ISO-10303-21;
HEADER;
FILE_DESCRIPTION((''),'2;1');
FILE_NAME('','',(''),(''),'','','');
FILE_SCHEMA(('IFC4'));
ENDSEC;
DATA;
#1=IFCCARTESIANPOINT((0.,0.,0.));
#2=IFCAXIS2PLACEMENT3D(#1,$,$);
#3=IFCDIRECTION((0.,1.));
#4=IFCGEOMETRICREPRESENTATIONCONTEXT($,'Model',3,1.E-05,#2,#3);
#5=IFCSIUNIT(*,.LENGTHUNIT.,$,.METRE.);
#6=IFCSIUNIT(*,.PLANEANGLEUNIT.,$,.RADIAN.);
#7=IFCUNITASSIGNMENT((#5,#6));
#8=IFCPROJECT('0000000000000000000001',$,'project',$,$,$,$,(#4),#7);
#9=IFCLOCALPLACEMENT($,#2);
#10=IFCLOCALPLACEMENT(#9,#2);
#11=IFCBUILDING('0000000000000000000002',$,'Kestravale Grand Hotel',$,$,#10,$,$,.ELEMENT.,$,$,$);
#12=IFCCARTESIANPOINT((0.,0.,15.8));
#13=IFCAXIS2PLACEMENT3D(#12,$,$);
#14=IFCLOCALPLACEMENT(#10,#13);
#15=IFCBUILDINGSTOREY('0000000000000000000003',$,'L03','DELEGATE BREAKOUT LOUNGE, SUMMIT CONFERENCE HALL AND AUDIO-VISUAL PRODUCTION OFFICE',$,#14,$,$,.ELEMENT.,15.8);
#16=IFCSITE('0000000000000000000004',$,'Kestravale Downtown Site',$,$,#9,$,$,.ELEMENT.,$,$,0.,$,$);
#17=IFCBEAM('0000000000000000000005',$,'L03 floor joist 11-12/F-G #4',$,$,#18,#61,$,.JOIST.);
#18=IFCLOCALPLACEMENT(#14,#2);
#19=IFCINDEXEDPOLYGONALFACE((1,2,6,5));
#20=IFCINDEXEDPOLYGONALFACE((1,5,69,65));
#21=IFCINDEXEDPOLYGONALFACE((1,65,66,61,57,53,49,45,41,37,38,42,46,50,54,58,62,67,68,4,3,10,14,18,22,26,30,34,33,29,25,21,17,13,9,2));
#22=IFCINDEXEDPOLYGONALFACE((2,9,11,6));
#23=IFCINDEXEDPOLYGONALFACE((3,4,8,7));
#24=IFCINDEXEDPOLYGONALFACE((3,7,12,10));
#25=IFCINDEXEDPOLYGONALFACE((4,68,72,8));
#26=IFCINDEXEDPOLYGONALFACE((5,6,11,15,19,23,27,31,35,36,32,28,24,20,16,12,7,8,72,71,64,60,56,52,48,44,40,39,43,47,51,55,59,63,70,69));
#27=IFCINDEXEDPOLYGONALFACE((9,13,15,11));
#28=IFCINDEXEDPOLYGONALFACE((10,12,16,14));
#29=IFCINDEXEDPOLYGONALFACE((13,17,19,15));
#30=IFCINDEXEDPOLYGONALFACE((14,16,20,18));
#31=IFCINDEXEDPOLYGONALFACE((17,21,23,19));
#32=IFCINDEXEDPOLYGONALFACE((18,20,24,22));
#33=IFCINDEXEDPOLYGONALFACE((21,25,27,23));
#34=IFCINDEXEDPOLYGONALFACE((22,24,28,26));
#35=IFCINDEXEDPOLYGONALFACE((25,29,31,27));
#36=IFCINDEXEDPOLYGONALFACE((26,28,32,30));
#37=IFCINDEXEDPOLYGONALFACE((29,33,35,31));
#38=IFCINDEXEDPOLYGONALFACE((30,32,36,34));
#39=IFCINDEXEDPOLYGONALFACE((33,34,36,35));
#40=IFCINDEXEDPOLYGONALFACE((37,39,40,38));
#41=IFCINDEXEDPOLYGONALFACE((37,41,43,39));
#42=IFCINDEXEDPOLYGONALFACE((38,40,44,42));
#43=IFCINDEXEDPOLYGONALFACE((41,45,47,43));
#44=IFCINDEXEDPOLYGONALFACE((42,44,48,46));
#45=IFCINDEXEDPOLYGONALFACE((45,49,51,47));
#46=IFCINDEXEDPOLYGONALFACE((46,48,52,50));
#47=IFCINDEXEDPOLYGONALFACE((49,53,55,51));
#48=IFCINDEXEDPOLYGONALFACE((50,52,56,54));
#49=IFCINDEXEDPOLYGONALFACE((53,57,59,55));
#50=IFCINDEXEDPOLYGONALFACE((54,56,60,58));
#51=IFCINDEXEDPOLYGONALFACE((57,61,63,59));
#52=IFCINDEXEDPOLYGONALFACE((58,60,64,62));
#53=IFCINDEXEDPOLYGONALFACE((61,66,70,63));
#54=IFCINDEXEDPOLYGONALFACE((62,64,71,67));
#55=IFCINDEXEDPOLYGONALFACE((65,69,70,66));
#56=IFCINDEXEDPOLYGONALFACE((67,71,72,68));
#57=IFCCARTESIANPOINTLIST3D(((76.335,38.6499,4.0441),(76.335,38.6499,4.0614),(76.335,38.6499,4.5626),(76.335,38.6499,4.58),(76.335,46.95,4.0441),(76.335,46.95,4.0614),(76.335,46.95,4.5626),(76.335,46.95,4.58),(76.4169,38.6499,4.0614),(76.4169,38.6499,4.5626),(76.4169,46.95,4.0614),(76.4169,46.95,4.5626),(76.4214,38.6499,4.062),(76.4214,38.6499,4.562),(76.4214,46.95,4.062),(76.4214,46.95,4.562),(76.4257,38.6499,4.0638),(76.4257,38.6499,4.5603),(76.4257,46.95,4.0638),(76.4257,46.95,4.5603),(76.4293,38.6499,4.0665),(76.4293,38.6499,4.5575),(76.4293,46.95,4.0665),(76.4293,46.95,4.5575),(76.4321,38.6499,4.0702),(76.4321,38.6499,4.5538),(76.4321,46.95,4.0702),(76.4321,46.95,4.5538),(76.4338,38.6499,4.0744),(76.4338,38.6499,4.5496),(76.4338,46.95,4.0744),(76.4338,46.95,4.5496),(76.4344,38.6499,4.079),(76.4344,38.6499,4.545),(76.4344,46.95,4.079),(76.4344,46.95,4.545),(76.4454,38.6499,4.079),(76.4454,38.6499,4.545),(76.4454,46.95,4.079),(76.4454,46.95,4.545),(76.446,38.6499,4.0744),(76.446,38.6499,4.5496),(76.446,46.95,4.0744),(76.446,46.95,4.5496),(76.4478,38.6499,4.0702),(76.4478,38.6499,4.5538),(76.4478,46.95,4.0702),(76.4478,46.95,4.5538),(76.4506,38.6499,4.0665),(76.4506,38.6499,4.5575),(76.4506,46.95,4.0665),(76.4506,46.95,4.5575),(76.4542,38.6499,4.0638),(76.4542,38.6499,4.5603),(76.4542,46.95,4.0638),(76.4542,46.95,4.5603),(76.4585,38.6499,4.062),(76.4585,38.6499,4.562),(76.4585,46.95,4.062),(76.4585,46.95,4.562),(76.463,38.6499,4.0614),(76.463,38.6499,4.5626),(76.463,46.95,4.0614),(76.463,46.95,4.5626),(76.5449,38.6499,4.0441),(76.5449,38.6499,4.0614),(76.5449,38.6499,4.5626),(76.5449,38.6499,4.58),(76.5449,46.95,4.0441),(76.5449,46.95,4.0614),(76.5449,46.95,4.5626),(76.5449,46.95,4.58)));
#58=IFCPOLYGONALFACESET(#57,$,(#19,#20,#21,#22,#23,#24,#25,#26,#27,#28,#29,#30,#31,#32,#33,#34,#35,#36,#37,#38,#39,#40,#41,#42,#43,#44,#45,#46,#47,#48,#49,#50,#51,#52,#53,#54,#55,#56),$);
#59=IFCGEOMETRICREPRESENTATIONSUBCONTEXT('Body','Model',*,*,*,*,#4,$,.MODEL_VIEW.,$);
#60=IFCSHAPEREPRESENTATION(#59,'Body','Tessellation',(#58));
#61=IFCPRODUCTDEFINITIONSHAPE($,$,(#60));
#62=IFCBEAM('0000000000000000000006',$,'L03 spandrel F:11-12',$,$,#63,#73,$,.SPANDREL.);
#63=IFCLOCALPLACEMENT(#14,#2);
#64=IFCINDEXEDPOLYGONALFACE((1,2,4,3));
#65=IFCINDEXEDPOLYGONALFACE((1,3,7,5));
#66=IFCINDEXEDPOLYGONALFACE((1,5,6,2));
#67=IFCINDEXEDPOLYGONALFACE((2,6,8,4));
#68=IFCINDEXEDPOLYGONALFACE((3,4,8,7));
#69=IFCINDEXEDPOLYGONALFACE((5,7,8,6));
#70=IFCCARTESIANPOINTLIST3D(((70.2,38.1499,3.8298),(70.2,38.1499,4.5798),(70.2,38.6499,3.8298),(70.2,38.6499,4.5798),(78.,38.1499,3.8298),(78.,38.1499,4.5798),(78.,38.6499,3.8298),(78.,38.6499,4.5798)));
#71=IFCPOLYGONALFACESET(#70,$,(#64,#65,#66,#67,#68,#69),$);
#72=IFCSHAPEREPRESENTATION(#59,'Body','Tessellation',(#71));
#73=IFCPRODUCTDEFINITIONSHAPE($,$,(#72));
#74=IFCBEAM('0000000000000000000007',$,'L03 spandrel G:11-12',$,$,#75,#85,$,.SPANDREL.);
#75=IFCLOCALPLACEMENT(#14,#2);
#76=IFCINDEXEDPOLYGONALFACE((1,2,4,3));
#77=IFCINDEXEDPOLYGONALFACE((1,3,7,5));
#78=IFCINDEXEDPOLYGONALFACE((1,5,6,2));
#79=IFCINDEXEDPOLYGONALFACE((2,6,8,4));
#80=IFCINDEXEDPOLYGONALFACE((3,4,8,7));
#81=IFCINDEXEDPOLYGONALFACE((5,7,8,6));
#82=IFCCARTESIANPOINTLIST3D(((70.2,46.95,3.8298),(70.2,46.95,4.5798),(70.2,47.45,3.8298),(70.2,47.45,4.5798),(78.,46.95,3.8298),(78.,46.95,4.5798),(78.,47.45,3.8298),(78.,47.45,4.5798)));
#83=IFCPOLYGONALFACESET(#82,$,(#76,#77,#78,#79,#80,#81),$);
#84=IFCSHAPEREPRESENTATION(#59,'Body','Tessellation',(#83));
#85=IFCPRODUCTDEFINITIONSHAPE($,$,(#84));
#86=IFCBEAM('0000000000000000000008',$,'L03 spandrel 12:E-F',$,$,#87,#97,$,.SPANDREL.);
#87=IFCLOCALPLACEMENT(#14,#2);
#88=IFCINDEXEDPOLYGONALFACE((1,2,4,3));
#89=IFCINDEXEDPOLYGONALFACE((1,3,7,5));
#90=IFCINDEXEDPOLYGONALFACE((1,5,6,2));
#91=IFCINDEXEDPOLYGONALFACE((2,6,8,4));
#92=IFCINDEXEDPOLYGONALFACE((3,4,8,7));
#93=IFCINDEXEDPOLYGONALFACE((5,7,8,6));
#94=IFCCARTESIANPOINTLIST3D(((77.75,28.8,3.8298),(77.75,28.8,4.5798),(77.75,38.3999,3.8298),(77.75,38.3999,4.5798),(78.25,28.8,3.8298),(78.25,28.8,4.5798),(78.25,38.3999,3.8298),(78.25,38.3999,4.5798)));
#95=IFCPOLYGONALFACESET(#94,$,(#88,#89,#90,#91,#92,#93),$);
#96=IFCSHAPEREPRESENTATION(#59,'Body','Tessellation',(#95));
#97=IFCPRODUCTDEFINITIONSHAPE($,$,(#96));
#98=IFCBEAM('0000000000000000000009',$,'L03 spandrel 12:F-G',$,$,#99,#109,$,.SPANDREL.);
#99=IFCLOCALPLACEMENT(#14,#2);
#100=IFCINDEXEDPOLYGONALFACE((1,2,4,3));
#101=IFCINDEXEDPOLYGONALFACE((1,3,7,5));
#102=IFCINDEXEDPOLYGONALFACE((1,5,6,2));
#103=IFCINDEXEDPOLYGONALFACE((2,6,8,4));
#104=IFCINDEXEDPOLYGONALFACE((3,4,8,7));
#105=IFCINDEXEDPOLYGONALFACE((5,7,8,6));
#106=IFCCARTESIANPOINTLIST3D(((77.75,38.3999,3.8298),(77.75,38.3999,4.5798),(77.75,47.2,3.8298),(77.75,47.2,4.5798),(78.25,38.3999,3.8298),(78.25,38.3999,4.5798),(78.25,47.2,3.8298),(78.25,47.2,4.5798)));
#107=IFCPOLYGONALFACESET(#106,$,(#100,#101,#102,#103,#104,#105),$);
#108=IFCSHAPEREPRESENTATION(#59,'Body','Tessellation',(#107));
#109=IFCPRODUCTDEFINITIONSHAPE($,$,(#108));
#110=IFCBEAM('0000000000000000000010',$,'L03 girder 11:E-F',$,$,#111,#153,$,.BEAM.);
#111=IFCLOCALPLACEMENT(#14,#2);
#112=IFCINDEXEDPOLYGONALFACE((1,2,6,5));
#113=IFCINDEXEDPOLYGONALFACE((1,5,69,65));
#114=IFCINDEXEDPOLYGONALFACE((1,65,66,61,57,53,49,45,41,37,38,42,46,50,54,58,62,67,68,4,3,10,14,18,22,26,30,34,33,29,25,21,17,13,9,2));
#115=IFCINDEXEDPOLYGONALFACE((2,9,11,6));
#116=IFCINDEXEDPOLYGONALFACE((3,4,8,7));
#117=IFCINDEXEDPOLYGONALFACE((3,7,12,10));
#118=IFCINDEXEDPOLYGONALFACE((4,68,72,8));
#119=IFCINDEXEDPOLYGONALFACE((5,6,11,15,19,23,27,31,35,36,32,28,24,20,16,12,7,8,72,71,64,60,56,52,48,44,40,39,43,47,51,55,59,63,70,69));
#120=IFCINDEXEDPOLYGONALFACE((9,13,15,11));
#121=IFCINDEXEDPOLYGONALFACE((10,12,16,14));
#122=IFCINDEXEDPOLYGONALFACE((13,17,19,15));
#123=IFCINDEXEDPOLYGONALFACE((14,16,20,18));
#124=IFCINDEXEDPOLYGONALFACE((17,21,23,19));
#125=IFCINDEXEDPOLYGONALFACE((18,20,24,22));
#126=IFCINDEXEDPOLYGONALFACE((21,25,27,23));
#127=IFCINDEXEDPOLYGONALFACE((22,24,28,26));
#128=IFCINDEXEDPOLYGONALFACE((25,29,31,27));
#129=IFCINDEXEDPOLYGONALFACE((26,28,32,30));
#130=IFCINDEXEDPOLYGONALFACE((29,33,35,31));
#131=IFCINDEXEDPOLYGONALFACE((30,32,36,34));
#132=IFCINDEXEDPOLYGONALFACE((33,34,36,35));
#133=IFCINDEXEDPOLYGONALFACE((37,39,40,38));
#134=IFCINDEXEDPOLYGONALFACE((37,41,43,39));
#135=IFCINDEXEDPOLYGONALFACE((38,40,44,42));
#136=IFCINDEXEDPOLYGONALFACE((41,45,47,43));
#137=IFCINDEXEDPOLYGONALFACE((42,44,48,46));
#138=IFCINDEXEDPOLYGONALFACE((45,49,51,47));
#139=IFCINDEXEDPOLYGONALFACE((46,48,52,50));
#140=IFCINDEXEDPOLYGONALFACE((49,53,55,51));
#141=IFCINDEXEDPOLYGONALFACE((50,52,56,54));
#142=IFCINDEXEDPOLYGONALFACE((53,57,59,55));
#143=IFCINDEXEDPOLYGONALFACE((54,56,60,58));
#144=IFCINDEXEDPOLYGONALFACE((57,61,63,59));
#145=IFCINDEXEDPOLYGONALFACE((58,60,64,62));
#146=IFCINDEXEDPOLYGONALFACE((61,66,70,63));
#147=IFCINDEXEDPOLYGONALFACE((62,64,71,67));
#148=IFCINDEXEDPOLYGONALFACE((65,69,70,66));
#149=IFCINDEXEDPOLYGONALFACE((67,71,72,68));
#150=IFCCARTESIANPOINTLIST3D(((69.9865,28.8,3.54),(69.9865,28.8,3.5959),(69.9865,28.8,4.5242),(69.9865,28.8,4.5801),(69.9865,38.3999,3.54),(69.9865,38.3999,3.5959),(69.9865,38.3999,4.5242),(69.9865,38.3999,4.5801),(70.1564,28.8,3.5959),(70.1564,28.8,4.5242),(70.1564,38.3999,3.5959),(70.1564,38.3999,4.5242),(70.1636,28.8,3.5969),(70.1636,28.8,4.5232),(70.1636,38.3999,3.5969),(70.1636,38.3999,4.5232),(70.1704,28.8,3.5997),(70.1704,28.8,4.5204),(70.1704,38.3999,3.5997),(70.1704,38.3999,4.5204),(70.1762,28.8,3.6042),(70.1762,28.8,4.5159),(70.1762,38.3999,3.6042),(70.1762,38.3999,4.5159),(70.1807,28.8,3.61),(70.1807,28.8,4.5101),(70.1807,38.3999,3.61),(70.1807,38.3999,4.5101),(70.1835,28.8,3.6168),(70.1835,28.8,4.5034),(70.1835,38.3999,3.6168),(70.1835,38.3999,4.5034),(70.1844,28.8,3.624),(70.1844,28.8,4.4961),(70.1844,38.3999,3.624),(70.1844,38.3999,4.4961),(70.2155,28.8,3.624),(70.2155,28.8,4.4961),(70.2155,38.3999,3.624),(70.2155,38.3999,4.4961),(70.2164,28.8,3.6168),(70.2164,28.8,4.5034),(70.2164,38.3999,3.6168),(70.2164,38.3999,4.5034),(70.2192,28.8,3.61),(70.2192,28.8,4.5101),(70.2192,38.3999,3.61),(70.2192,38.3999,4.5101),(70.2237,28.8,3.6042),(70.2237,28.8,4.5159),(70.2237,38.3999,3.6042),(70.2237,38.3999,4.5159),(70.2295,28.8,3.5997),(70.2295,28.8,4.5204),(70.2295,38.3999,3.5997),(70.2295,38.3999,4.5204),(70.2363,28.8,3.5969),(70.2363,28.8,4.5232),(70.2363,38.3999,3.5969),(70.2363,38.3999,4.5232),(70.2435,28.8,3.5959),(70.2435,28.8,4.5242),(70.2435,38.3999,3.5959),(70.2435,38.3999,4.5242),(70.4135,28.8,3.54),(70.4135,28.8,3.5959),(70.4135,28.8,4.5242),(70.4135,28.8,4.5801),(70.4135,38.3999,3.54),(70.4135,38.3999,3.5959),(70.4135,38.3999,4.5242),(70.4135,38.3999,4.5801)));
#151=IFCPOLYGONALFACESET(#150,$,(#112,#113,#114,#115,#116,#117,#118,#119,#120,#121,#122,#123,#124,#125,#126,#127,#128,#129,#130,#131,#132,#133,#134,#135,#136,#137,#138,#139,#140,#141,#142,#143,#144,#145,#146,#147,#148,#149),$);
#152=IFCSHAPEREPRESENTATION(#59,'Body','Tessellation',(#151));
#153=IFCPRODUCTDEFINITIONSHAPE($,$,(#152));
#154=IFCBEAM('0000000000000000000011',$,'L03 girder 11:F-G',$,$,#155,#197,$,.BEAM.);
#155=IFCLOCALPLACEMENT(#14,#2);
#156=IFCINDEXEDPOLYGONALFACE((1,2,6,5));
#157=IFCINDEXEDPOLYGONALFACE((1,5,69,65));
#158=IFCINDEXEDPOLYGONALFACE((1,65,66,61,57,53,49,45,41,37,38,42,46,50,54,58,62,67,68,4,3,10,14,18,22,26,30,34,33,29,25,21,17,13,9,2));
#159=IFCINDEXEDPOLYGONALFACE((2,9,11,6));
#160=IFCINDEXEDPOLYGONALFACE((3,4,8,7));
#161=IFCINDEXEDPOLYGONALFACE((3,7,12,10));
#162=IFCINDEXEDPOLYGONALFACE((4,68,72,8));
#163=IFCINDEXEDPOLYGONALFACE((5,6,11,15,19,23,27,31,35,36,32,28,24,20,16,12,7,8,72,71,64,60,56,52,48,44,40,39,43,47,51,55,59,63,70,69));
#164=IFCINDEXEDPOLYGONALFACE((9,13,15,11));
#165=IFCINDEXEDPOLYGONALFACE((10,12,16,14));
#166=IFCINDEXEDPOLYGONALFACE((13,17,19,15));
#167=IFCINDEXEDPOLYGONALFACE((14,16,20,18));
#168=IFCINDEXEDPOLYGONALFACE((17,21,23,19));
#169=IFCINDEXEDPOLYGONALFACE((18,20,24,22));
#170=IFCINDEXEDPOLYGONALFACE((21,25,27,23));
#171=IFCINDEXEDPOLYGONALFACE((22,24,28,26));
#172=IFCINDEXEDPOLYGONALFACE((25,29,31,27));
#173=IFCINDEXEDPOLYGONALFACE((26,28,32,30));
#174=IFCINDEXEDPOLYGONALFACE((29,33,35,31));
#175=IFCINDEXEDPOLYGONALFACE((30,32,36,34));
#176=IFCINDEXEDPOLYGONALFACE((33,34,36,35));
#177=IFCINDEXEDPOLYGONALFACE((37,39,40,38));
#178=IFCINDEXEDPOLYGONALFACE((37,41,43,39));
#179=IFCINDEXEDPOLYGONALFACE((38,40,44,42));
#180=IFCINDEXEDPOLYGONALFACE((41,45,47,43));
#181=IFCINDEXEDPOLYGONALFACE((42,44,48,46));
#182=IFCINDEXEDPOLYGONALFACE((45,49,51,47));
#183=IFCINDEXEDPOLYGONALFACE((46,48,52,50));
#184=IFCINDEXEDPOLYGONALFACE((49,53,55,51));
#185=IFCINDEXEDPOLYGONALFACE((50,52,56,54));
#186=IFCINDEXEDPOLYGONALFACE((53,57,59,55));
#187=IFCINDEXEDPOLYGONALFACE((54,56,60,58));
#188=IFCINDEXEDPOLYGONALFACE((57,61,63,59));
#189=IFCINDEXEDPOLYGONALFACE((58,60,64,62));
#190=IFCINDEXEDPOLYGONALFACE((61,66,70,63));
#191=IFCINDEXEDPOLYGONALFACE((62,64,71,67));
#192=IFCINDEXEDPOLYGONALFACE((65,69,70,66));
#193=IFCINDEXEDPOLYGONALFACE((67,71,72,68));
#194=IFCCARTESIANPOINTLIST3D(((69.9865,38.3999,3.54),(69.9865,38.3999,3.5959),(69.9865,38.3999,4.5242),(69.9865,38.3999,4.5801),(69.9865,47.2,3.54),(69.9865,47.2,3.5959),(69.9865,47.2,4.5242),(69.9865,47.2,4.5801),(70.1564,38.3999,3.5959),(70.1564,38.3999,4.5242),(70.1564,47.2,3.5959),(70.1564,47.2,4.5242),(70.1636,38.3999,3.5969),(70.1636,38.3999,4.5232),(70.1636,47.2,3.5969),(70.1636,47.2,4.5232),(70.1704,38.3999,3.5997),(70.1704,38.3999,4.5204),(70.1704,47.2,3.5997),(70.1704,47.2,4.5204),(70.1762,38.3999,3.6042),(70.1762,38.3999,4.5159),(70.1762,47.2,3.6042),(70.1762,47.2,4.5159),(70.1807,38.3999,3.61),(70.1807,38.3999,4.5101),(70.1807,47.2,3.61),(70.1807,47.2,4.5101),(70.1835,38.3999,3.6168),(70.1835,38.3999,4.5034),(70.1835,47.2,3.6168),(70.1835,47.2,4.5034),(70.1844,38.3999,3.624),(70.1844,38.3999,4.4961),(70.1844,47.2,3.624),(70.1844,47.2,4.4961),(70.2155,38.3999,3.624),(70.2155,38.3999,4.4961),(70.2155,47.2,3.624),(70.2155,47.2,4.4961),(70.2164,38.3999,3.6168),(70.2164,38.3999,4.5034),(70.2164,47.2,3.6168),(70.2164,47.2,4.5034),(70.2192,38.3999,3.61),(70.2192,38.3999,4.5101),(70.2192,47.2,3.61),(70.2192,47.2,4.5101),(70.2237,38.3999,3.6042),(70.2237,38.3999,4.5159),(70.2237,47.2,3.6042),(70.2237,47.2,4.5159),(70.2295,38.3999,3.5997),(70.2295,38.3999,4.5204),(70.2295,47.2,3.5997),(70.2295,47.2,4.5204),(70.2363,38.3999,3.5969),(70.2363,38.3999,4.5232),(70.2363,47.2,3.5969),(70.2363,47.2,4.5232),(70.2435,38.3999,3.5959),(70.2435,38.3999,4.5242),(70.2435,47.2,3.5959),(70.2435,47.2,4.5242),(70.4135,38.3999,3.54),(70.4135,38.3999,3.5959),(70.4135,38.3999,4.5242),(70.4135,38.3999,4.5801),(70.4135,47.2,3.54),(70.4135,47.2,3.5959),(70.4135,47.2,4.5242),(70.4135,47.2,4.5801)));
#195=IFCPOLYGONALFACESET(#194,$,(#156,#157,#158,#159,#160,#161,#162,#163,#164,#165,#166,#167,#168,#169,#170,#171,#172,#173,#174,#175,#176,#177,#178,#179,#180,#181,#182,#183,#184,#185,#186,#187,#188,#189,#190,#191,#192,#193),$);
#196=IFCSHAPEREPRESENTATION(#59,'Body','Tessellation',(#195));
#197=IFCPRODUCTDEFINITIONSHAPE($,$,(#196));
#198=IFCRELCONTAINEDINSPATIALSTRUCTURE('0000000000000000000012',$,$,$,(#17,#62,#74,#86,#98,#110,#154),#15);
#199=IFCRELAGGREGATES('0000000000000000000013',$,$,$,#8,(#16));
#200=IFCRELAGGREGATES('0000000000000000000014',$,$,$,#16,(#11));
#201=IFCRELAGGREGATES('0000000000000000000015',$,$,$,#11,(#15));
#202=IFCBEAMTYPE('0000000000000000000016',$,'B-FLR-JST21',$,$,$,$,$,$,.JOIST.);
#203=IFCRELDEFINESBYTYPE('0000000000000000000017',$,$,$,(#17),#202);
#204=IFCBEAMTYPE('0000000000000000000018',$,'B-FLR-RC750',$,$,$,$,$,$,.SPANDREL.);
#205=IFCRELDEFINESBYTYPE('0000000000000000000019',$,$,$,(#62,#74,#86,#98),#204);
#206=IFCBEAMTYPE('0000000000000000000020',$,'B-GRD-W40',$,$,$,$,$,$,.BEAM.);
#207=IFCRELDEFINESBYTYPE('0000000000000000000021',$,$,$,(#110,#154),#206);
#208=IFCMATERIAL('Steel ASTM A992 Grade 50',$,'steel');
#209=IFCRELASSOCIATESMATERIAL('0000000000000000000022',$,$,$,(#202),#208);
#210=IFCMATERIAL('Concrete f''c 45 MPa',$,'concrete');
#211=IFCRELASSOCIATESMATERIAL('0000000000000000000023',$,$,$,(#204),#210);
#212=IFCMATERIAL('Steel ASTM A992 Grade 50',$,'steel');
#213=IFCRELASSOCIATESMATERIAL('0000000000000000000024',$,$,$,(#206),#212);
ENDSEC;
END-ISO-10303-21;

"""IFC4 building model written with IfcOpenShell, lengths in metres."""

from ifc_helpers import new_model, si_unit, direction, frame, origin, origin_2d, place, context, subcontext, project, spatial, rectangle, i_section, extrude, material, material_profile, profile_set, type_object, element, save


model = new_model("IFC4")

# Units and contexts
model_context = context("Model", 3, precision=1e-05, world=origin(), true_north=direction((0.0, 1.0)))
body_context = subcontext(model_context, "Body", "Model", "MODEL_VIEW")
ifc_project = project(units=[si_unit("LENGTHUNIT", "METRE"), si_unit("PLANEANGLEUNIT", "RADIAN")], contexts=[model_context])

# Site, building, storey
site_placement = place(None, origin())
site = spatial("IfcSite", under=ifc_project, at=site_placement, Name="Kestravale Downtown Site", CompositionType="ELEMENT", RefElevation=0.0)
building_placement = place(site_placement, origin())
building = spatial("IfcBuilding", under=site, at=building_placement, Name="Kestravale Grand Hotel", CompositionType="ELEMENT")
storey_placement = place(building_placement, frame((0.0, 0.0, 15.8)))
storey = spatial("IfcBuildingStorey", under=building, at=storey_placement, Name="L03", Description="DELEGATE BREAKOUT LOUNGE, SUMMIT CONFERENCE HALL AND AUDIO-VISUAL PRODUCTION OFFICE", CompositionType="ELEMENT", Elevation=15.8)

# Beams
ifc_material_1 = material(Name="Steel ASTM A992 Grade 50", Category="steel")
ifc_material_profile_1 = material_profile(ifc_material_1, i_section(OverallWidth=0.21, OverallDepth=0.5359, WebThickness=0.011, FlangeThickness=0.0173, FilletRadius=0.0176, at=origin_2d()))
ifc_profile_set_1 = profile_set([ifc_material_profile_1], Name="Steel ASTM A992 Grade 50")
beam_type_1 = type_object("IfcBeamType", Name="B-FLR-JST21", PredefinedType="JOIST", material=ifc_profile_set_1)
for number, where, z_axis, x_axis, name in (
    (1, (76.4399, 38.6499, 4.312), (0.0, 1.0, 0.0), (-1.0, 0.0, 0.0), "L03 floor joist 11-12/F-G #4"),
):
    element("IfcBeam", number, at=place(storey_placement, frame(where, z_axis=z_axis, x_axis=x_axis)), inside=storey, type_object=beam_type_1, Name=name, PredefinedType="JOIST", context=body_context, shape_type="SweptSolid", body=[
        extrude(i_section(OverallWidth=0.21, OverallDepth=0.5359, WebThickness=0.011, FlangeThickness=0.0173, FilletRadius=0.0176, at=origin_2d()), origin(), (0.0, 0.0, 1.0), 8.3),
    ])
ifc_material_2 = material(Name="Concrete f'c 45 MPa", Category="concrete")
ifc_material_profile_2 = material_profile(ifc_material_2, rectangle(XDim=0.5, YDim=0.75, at=origin_2d()))
ifc_profile_set_2 = profile_set([ifc_material_profile_2], Name="Concrete f'c 45 MPa")
beam_type_2 = type_object("IfcBeamType", Name="B-FLR-RC750", PredefinedType="SPANDREL", material=ifc_profile_set_2)
for number, where, z_axis, x_axis, name in (
    (2, (70.2, 38.3999, 4.2048), (1.0, 0.0, 0.0), (0.0, 1.0, 0.0), "L03 spandrel F:11-12"),
    (3, (70.2, 47.2, 4.2048), (1.0, 0.0, 0.0), (0.0, 1.0, 0.0), "L03 spandrel G:11-12"),
):
    element("IfcBeam", number, at=place(storey_placement, frame(where, z_axis=z_axis, x_axis=x_axis)), inside=storey, type_object=beam_type_2, Name=name, PredefinedType="SPANDREL", context=body_context, shape_type="SweptSolid", body=[
        extrude(rectangle(XDim=0.5, YDim=0.75, at=origin_2d()), origin(), (0.0, 0.0, 1.0), 7.8),
    ])
beam_1_placement = place(storey_placement, frame((78.0, 28.8, 4.2048), z_axis=(0.0, 1.0, 0.0), x_axis=(-1.0, 0.0, 0.0)))
element("IfcBeam", 4, at=beam_1_placement, inside=storey, type_object=beam_type_2, Name="L03 spandrel 12:E-F", PredefinedType="SPANDREL", context=body_context, shape_type="SweptSolid", body=[
    extrude(rectangle(XDim=0.5, YDim=0.75, at=origin_2d()), origin(), (0.0, 0.0, 1.0), 9.5999),
])
beam_2_placement = place(storey_placement, frame((78.0, 38.3999, 4.2048), z_axis=(0.0, 1.0, 0.0), x_axis=(-1.0, 0.0, 0.0)))
element("IfcBeam", 5, at=beam_2_placement, inside=storey, type_object=beam_type_2, Name="L03 spandrel 12:F-G", PredefinedType="SPANDREL", context=body_context, shape_type="SweptSolid", body=[
    extrude(rectangle(XDim=0.5, YDim=0.75, at=origin_2d()), origin(), (0.0, 0.0, 1.0), 8.8),
])
ifc_material_3 = material(Name="Steel ASTM A992 Grade 50", Category="steel")
ifc_material_profile_3 = material_profile(ifc_material_3, i_section(OverallWidth=0.427, OverallDepth=1.04, WebThickness=0.031, FlangeThickness=0.0559, FilletRadius=0.0281, at=origin_2d()))
ifc_profile_set_3 = profile_set([ifc_material_profile_3], Name="Steel ASTM A992 Grade 50")
beam_type_3 = type_object("IfcBeamType", Name="B-GRD-W40", PredefinedType="BEAM", material=ifc_profile_set_3)
beam_3_placement = place(storey_placement, frame((70.2, 28.8, 4.0601), z_axis=(0.0, 1.0, 0.0), x_axis=(-1.0, 0.0, 0.0)))
element("IfcBeam", 6, at=beam_3_placement, inside=storey, type_object=beam_type_3, Name="L03 girder 11:E-F", PredefinedType="BEAM", context=body_context, shape_type="SweptSolid", body=[
    extrude(i_section(OverallWidth=0.427, OverallDepth=1.04, WebThickness=0.031, FlangeThickness=0.0559, FilletRadius=0.0281, at=origin_2d()), origin(), (0.0, 0.0, 1.0), 9.5999),
])
beam_4_placement = place(storey_placement, frame((70.2, 38.3999, 4.0601), z_axis=(0.0, 1.0, 0.0), x_axis=(-1.0, 0.0, 0.0)))
element("IfcBeam", 7, at=beam_4_placement, inside=storey, type_object=beam_type_3, Name="L03 girder 11:F-G", PredefinedType="BEAM", context=body_context, shape_type="SweptSolid", body=[
    extrude(i_section(OverallWidth=0.427, OverallDepth=1.04, WebThickness=0.031, FlangeThickness=0.0559, FilletRadius=0.0281, at=origin_2d()), origin(), (0.0, 0.0, 1.0), 8.8),
])

save(model, "model.ifc")
